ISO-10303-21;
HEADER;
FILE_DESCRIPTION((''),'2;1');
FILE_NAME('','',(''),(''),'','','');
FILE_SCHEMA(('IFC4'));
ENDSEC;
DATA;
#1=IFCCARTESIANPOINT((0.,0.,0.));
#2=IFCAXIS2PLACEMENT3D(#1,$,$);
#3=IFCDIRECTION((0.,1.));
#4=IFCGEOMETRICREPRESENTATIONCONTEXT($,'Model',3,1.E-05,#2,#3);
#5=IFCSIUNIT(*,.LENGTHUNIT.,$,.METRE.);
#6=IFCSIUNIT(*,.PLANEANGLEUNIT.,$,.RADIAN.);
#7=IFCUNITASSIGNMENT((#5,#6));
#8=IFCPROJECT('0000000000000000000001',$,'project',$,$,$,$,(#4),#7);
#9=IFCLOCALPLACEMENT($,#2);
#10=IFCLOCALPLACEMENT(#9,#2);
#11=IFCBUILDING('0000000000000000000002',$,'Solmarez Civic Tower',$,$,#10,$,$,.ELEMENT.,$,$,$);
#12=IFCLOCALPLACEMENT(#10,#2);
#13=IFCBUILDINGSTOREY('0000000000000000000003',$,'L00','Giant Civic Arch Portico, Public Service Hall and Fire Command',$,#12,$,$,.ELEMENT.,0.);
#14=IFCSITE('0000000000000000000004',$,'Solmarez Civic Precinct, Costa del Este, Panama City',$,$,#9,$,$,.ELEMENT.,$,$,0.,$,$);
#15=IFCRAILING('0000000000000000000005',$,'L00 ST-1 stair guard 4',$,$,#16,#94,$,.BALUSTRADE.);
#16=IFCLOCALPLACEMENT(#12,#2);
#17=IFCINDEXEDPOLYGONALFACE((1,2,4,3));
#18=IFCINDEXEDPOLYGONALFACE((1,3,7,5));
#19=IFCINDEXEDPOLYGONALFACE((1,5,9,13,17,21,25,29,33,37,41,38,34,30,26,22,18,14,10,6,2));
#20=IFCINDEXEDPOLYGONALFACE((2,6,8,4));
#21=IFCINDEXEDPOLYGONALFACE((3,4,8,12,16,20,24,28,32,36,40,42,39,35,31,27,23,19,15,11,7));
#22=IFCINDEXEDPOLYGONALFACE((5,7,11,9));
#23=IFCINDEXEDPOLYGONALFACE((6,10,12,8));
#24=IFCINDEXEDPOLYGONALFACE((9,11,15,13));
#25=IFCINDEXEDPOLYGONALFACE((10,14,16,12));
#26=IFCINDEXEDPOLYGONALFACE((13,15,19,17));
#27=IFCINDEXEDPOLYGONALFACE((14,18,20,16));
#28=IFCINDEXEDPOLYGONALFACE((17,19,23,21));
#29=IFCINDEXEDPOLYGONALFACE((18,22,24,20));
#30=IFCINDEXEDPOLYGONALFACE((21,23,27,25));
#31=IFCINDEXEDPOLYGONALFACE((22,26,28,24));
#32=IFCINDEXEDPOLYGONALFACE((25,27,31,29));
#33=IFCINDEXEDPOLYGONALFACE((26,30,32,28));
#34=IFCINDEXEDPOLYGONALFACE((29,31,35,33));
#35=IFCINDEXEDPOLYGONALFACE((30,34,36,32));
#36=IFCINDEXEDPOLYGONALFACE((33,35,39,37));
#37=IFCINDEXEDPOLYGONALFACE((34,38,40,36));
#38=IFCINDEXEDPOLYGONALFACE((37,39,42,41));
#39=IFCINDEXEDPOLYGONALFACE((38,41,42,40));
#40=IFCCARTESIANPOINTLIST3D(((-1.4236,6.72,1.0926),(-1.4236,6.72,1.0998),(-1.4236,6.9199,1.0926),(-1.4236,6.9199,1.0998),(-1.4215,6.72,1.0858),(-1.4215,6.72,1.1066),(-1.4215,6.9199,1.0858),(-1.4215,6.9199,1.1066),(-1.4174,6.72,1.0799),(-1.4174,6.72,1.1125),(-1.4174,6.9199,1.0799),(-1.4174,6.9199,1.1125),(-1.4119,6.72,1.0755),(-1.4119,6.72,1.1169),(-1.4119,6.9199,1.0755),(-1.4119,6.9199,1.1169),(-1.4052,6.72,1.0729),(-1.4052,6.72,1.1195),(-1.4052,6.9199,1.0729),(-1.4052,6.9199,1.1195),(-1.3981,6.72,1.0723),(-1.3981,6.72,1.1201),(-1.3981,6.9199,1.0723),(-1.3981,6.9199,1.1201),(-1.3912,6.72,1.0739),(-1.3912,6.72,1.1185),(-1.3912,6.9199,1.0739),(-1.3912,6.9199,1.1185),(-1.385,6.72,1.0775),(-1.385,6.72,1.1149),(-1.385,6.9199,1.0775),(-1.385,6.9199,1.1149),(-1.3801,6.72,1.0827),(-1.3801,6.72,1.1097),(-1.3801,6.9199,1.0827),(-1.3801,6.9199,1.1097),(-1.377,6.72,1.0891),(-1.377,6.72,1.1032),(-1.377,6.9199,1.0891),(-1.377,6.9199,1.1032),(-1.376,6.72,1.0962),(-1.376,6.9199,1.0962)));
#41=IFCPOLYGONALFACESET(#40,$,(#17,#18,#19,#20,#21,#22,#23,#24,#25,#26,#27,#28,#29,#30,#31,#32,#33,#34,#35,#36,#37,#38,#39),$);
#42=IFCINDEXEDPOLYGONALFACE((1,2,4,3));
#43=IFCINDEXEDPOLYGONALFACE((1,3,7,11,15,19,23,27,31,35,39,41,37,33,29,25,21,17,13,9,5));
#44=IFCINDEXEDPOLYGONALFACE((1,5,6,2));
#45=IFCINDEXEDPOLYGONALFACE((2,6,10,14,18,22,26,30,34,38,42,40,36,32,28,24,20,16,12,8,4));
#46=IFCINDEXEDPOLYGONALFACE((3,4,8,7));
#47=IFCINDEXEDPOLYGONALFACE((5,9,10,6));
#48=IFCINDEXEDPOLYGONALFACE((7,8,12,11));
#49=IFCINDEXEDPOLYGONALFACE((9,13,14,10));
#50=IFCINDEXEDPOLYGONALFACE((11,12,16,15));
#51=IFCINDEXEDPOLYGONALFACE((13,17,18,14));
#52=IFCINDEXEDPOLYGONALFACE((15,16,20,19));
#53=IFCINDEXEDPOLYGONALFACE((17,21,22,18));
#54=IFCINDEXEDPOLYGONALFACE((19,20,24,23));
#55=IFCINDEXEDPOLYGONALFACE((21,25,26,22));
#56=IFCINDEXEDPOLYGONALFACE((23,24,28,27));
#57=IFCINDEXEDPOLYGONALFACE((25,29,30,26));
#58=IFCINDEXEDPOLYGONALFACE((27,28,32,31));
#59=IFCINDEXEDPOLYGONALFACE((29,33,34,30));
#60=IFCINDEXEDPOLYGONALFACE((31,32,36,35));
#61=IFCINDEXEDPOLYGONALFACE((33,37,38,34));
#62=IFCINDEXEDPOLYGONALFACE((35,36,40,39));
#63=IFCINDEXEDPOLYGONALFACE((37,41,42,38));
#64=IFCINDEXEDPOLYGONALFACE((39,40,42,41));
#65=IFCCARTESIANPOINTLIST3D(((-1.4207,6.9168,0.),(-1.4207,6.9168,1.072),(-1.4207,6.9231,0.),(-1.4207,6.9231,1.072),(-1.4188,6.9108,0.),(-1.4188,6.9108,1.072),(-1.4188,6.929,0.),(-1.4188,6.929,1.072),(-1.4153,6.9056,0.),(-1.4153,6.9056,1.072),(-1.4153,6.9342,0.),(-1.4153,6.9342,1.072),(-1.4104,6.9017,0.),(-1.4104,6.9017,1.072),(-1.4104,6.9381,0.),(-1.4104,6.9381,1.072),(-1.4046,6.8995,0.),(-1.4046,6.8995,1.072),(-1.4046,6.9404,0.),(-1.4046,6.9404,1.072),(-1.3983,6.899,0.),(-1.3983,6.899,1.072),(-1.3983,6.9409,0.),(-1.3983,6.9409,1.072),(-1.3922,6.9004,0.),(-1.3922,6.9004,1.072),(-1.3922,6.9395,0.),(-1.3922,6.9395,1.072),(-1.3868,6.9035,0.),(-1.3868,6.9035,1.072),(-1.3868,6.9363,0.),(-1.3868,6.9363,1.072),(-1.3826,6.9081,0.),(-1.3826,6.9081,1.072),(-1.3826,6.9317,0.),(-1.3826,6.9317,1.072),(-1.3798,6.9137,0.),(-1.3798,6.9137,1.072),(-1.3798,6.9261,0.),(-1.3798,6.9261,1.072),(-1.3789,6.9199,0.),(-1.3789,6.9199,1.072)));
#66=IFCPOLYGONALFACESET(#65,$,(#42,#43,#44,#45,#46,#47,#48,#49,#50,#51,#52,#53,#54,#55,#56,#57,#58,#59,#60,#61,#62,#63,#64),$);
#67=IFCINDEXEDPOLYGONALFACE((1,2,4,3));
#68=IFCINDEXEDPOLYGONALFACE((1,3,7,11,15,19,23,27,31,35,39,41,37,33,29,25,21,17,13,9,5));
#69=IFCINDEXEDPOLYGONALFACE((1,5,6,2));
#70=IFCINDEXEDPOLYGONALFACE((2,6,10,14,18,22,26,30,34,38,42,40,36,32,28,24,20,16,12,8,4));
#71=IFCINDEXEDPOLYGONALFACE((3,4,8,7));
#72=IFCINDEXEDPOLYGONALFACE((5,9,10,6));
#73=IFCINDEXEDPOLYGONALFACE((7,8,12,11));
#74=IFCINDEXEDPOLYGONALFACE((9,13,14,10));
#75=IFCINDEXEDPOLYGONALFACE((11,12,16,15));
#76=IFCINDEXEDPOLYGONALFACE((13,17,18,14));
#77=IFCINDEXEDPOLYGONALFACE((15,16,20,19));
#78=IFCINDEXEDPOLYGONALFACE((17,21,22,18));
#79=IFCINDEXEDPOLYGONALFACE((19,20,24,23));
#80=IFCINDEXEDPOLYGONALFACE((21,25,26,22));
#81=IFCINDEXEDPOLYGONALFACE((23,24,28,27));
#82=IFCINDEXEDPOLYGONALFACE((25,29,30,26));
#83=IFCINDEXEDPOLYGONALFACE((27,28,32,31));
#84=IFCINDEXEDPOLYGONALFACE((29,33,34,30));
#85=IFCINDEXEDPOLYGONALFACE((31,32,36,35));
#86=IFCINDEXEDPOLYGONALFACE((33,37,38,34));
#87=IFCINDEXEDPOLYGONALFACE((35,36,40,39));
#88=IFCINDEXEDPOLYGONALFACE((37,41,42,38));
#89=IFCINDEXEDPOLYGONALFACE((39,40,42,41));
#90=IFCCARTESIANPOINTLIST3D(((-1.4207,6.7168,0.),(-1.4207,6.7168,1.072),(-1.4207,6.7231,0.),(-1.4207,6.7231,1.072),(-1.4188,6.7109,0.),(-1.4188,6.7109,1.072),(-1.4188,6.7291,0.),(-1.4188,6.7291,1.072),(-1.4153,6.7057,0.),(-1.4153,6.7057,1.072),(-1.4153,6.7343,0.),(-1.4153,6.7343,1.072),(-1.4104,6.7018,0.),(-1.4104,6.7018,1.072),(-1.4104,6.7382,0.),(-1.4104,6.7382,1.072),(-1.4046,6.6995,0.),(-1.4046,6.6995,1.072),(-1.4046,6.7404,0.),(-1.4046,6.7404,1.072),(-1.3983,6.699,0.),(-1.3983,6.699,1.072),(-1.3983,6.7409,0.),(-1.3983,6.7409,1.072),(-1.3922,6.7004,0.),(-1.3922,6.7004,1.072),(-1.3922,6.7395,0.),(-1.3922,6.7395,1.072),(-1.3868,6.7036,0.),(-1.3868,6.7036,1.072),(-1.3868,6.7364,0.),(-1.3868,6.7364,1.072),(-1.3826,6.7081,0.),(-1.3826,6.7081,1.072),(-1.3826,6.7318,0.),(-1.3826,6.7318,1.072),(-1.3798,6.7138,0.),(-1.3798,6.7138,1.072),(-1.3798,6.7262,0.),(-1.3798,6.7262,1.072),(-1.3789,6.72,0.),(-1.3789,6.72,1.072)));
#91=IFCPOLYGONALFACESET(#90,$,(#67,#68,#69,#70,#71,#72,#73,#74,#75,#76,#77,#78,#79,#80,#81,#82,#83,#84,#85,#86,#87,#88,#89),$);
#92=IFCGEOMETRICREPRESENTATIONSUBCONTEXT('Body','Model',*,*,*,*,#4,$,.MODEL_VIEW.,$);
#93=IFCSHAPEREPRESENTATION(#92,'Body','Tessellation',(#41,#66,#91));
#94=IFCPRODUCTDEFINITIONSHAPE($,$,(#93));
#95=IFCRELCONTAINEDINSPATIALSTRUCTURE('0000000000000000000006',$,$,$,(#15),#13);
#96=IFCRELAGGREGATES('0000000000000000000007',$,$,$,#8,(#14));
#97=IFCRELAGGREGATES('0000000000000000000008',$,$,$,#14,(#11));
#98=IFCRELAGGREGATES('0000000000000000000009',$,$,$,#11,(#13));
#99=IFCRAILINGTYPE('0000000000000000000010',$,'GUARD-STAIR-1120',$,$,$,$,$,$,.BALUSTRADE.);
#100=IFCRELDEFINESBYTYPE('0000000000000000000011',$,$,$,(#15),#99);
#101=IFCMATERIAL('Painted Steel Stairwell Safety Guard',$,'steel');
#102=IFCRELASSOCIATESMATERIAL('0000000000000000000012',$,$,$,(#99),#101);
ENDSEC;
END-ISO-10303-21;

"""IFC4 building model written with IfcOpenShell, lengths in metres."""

from ifc_helpers import new_model, si_unit, direction, frame, origin, origin_2d, place, context, subcontext, project, spatial, circle, extrude, material, type_object, element, save


model = new_model("IFC4")

# Units and contexts
model_context = context("Model", 3, precision=1e-05, world=origin(), true_north=direction((0.0, 1.0)))
body_context = subcontext(model_context, "Body", "Model", "MODEL_VIEW")
ifc_project = project(units=[si_unit("LENGTHUNIT", "METRE"), si_unit("PLANEANGLEUNIT", "RADIAN")], contexts=[model_context])

# Site, building, storey
site_placement = place(None, origin())
site = spatial("IfcSite", under=ifc_project, at=site_placement, Name="Solmarez Civic Precinct, Costa del Este, Panama City", CompositionType="ELEMENT", RefElevation=0.0)
building_placement = place(site_placement, origin())
building = spatial("IfcBuilding", under=site, at=building_placement, Name="Solmarez Civic Tower", CompositionType="ELEMENT")
storey_placement = place(building_placement, origin())
storey = spatial("IfcBuildingStorey", under=building, at=storey_placement, Name="L00", Description="Giant Civic Arch Portico, Public Service Hall and Fire Command", CompositionType="ELEMENT", Elevation=0.0)

# Railing
ifc_material_1 = material(Name="Painted Steel Stairwell Safety Guard", Category="steel")
railing_type_1 = type_object("IfcRailingType", Name="GUARD-STAIR-1120", PredefinedType="BALUSTRADE", material=ifc_material_1)
railing_1_placement = place(storey_placement, frame((-1.3999, 6.9199, 0.0)))
element("IfcRailing", 1, at=railing_1_placement, inside=storey, type_object=railing_type_1, Name="L00 ST-1 stair guard 4", PredefinedType="BALUSTRADE", context=body_context, shape_type="SweptSolid", body=[
    extrude(circle(Radius=0.0239, at=origin_2d()), frame((0.0, 0.0, 1.0962), z_axis=(0.0, -1.0, 0.0), x_axis=(1.0, 0.0, 0.0)), (0.0, 0.0, 1.0), 0.2),
    extrude(circle(Radius=0.021, at=origin_2d()), origin(), (0.0, 0.0, 1.0), 1.072),
    extrude(circle(Radius=0.021, at=origin_2d()), frame((0.0, -0.2, 0.0)), (0.0, 0.0, 1.0), 1.072),
])

save(model, "model.ifc")
